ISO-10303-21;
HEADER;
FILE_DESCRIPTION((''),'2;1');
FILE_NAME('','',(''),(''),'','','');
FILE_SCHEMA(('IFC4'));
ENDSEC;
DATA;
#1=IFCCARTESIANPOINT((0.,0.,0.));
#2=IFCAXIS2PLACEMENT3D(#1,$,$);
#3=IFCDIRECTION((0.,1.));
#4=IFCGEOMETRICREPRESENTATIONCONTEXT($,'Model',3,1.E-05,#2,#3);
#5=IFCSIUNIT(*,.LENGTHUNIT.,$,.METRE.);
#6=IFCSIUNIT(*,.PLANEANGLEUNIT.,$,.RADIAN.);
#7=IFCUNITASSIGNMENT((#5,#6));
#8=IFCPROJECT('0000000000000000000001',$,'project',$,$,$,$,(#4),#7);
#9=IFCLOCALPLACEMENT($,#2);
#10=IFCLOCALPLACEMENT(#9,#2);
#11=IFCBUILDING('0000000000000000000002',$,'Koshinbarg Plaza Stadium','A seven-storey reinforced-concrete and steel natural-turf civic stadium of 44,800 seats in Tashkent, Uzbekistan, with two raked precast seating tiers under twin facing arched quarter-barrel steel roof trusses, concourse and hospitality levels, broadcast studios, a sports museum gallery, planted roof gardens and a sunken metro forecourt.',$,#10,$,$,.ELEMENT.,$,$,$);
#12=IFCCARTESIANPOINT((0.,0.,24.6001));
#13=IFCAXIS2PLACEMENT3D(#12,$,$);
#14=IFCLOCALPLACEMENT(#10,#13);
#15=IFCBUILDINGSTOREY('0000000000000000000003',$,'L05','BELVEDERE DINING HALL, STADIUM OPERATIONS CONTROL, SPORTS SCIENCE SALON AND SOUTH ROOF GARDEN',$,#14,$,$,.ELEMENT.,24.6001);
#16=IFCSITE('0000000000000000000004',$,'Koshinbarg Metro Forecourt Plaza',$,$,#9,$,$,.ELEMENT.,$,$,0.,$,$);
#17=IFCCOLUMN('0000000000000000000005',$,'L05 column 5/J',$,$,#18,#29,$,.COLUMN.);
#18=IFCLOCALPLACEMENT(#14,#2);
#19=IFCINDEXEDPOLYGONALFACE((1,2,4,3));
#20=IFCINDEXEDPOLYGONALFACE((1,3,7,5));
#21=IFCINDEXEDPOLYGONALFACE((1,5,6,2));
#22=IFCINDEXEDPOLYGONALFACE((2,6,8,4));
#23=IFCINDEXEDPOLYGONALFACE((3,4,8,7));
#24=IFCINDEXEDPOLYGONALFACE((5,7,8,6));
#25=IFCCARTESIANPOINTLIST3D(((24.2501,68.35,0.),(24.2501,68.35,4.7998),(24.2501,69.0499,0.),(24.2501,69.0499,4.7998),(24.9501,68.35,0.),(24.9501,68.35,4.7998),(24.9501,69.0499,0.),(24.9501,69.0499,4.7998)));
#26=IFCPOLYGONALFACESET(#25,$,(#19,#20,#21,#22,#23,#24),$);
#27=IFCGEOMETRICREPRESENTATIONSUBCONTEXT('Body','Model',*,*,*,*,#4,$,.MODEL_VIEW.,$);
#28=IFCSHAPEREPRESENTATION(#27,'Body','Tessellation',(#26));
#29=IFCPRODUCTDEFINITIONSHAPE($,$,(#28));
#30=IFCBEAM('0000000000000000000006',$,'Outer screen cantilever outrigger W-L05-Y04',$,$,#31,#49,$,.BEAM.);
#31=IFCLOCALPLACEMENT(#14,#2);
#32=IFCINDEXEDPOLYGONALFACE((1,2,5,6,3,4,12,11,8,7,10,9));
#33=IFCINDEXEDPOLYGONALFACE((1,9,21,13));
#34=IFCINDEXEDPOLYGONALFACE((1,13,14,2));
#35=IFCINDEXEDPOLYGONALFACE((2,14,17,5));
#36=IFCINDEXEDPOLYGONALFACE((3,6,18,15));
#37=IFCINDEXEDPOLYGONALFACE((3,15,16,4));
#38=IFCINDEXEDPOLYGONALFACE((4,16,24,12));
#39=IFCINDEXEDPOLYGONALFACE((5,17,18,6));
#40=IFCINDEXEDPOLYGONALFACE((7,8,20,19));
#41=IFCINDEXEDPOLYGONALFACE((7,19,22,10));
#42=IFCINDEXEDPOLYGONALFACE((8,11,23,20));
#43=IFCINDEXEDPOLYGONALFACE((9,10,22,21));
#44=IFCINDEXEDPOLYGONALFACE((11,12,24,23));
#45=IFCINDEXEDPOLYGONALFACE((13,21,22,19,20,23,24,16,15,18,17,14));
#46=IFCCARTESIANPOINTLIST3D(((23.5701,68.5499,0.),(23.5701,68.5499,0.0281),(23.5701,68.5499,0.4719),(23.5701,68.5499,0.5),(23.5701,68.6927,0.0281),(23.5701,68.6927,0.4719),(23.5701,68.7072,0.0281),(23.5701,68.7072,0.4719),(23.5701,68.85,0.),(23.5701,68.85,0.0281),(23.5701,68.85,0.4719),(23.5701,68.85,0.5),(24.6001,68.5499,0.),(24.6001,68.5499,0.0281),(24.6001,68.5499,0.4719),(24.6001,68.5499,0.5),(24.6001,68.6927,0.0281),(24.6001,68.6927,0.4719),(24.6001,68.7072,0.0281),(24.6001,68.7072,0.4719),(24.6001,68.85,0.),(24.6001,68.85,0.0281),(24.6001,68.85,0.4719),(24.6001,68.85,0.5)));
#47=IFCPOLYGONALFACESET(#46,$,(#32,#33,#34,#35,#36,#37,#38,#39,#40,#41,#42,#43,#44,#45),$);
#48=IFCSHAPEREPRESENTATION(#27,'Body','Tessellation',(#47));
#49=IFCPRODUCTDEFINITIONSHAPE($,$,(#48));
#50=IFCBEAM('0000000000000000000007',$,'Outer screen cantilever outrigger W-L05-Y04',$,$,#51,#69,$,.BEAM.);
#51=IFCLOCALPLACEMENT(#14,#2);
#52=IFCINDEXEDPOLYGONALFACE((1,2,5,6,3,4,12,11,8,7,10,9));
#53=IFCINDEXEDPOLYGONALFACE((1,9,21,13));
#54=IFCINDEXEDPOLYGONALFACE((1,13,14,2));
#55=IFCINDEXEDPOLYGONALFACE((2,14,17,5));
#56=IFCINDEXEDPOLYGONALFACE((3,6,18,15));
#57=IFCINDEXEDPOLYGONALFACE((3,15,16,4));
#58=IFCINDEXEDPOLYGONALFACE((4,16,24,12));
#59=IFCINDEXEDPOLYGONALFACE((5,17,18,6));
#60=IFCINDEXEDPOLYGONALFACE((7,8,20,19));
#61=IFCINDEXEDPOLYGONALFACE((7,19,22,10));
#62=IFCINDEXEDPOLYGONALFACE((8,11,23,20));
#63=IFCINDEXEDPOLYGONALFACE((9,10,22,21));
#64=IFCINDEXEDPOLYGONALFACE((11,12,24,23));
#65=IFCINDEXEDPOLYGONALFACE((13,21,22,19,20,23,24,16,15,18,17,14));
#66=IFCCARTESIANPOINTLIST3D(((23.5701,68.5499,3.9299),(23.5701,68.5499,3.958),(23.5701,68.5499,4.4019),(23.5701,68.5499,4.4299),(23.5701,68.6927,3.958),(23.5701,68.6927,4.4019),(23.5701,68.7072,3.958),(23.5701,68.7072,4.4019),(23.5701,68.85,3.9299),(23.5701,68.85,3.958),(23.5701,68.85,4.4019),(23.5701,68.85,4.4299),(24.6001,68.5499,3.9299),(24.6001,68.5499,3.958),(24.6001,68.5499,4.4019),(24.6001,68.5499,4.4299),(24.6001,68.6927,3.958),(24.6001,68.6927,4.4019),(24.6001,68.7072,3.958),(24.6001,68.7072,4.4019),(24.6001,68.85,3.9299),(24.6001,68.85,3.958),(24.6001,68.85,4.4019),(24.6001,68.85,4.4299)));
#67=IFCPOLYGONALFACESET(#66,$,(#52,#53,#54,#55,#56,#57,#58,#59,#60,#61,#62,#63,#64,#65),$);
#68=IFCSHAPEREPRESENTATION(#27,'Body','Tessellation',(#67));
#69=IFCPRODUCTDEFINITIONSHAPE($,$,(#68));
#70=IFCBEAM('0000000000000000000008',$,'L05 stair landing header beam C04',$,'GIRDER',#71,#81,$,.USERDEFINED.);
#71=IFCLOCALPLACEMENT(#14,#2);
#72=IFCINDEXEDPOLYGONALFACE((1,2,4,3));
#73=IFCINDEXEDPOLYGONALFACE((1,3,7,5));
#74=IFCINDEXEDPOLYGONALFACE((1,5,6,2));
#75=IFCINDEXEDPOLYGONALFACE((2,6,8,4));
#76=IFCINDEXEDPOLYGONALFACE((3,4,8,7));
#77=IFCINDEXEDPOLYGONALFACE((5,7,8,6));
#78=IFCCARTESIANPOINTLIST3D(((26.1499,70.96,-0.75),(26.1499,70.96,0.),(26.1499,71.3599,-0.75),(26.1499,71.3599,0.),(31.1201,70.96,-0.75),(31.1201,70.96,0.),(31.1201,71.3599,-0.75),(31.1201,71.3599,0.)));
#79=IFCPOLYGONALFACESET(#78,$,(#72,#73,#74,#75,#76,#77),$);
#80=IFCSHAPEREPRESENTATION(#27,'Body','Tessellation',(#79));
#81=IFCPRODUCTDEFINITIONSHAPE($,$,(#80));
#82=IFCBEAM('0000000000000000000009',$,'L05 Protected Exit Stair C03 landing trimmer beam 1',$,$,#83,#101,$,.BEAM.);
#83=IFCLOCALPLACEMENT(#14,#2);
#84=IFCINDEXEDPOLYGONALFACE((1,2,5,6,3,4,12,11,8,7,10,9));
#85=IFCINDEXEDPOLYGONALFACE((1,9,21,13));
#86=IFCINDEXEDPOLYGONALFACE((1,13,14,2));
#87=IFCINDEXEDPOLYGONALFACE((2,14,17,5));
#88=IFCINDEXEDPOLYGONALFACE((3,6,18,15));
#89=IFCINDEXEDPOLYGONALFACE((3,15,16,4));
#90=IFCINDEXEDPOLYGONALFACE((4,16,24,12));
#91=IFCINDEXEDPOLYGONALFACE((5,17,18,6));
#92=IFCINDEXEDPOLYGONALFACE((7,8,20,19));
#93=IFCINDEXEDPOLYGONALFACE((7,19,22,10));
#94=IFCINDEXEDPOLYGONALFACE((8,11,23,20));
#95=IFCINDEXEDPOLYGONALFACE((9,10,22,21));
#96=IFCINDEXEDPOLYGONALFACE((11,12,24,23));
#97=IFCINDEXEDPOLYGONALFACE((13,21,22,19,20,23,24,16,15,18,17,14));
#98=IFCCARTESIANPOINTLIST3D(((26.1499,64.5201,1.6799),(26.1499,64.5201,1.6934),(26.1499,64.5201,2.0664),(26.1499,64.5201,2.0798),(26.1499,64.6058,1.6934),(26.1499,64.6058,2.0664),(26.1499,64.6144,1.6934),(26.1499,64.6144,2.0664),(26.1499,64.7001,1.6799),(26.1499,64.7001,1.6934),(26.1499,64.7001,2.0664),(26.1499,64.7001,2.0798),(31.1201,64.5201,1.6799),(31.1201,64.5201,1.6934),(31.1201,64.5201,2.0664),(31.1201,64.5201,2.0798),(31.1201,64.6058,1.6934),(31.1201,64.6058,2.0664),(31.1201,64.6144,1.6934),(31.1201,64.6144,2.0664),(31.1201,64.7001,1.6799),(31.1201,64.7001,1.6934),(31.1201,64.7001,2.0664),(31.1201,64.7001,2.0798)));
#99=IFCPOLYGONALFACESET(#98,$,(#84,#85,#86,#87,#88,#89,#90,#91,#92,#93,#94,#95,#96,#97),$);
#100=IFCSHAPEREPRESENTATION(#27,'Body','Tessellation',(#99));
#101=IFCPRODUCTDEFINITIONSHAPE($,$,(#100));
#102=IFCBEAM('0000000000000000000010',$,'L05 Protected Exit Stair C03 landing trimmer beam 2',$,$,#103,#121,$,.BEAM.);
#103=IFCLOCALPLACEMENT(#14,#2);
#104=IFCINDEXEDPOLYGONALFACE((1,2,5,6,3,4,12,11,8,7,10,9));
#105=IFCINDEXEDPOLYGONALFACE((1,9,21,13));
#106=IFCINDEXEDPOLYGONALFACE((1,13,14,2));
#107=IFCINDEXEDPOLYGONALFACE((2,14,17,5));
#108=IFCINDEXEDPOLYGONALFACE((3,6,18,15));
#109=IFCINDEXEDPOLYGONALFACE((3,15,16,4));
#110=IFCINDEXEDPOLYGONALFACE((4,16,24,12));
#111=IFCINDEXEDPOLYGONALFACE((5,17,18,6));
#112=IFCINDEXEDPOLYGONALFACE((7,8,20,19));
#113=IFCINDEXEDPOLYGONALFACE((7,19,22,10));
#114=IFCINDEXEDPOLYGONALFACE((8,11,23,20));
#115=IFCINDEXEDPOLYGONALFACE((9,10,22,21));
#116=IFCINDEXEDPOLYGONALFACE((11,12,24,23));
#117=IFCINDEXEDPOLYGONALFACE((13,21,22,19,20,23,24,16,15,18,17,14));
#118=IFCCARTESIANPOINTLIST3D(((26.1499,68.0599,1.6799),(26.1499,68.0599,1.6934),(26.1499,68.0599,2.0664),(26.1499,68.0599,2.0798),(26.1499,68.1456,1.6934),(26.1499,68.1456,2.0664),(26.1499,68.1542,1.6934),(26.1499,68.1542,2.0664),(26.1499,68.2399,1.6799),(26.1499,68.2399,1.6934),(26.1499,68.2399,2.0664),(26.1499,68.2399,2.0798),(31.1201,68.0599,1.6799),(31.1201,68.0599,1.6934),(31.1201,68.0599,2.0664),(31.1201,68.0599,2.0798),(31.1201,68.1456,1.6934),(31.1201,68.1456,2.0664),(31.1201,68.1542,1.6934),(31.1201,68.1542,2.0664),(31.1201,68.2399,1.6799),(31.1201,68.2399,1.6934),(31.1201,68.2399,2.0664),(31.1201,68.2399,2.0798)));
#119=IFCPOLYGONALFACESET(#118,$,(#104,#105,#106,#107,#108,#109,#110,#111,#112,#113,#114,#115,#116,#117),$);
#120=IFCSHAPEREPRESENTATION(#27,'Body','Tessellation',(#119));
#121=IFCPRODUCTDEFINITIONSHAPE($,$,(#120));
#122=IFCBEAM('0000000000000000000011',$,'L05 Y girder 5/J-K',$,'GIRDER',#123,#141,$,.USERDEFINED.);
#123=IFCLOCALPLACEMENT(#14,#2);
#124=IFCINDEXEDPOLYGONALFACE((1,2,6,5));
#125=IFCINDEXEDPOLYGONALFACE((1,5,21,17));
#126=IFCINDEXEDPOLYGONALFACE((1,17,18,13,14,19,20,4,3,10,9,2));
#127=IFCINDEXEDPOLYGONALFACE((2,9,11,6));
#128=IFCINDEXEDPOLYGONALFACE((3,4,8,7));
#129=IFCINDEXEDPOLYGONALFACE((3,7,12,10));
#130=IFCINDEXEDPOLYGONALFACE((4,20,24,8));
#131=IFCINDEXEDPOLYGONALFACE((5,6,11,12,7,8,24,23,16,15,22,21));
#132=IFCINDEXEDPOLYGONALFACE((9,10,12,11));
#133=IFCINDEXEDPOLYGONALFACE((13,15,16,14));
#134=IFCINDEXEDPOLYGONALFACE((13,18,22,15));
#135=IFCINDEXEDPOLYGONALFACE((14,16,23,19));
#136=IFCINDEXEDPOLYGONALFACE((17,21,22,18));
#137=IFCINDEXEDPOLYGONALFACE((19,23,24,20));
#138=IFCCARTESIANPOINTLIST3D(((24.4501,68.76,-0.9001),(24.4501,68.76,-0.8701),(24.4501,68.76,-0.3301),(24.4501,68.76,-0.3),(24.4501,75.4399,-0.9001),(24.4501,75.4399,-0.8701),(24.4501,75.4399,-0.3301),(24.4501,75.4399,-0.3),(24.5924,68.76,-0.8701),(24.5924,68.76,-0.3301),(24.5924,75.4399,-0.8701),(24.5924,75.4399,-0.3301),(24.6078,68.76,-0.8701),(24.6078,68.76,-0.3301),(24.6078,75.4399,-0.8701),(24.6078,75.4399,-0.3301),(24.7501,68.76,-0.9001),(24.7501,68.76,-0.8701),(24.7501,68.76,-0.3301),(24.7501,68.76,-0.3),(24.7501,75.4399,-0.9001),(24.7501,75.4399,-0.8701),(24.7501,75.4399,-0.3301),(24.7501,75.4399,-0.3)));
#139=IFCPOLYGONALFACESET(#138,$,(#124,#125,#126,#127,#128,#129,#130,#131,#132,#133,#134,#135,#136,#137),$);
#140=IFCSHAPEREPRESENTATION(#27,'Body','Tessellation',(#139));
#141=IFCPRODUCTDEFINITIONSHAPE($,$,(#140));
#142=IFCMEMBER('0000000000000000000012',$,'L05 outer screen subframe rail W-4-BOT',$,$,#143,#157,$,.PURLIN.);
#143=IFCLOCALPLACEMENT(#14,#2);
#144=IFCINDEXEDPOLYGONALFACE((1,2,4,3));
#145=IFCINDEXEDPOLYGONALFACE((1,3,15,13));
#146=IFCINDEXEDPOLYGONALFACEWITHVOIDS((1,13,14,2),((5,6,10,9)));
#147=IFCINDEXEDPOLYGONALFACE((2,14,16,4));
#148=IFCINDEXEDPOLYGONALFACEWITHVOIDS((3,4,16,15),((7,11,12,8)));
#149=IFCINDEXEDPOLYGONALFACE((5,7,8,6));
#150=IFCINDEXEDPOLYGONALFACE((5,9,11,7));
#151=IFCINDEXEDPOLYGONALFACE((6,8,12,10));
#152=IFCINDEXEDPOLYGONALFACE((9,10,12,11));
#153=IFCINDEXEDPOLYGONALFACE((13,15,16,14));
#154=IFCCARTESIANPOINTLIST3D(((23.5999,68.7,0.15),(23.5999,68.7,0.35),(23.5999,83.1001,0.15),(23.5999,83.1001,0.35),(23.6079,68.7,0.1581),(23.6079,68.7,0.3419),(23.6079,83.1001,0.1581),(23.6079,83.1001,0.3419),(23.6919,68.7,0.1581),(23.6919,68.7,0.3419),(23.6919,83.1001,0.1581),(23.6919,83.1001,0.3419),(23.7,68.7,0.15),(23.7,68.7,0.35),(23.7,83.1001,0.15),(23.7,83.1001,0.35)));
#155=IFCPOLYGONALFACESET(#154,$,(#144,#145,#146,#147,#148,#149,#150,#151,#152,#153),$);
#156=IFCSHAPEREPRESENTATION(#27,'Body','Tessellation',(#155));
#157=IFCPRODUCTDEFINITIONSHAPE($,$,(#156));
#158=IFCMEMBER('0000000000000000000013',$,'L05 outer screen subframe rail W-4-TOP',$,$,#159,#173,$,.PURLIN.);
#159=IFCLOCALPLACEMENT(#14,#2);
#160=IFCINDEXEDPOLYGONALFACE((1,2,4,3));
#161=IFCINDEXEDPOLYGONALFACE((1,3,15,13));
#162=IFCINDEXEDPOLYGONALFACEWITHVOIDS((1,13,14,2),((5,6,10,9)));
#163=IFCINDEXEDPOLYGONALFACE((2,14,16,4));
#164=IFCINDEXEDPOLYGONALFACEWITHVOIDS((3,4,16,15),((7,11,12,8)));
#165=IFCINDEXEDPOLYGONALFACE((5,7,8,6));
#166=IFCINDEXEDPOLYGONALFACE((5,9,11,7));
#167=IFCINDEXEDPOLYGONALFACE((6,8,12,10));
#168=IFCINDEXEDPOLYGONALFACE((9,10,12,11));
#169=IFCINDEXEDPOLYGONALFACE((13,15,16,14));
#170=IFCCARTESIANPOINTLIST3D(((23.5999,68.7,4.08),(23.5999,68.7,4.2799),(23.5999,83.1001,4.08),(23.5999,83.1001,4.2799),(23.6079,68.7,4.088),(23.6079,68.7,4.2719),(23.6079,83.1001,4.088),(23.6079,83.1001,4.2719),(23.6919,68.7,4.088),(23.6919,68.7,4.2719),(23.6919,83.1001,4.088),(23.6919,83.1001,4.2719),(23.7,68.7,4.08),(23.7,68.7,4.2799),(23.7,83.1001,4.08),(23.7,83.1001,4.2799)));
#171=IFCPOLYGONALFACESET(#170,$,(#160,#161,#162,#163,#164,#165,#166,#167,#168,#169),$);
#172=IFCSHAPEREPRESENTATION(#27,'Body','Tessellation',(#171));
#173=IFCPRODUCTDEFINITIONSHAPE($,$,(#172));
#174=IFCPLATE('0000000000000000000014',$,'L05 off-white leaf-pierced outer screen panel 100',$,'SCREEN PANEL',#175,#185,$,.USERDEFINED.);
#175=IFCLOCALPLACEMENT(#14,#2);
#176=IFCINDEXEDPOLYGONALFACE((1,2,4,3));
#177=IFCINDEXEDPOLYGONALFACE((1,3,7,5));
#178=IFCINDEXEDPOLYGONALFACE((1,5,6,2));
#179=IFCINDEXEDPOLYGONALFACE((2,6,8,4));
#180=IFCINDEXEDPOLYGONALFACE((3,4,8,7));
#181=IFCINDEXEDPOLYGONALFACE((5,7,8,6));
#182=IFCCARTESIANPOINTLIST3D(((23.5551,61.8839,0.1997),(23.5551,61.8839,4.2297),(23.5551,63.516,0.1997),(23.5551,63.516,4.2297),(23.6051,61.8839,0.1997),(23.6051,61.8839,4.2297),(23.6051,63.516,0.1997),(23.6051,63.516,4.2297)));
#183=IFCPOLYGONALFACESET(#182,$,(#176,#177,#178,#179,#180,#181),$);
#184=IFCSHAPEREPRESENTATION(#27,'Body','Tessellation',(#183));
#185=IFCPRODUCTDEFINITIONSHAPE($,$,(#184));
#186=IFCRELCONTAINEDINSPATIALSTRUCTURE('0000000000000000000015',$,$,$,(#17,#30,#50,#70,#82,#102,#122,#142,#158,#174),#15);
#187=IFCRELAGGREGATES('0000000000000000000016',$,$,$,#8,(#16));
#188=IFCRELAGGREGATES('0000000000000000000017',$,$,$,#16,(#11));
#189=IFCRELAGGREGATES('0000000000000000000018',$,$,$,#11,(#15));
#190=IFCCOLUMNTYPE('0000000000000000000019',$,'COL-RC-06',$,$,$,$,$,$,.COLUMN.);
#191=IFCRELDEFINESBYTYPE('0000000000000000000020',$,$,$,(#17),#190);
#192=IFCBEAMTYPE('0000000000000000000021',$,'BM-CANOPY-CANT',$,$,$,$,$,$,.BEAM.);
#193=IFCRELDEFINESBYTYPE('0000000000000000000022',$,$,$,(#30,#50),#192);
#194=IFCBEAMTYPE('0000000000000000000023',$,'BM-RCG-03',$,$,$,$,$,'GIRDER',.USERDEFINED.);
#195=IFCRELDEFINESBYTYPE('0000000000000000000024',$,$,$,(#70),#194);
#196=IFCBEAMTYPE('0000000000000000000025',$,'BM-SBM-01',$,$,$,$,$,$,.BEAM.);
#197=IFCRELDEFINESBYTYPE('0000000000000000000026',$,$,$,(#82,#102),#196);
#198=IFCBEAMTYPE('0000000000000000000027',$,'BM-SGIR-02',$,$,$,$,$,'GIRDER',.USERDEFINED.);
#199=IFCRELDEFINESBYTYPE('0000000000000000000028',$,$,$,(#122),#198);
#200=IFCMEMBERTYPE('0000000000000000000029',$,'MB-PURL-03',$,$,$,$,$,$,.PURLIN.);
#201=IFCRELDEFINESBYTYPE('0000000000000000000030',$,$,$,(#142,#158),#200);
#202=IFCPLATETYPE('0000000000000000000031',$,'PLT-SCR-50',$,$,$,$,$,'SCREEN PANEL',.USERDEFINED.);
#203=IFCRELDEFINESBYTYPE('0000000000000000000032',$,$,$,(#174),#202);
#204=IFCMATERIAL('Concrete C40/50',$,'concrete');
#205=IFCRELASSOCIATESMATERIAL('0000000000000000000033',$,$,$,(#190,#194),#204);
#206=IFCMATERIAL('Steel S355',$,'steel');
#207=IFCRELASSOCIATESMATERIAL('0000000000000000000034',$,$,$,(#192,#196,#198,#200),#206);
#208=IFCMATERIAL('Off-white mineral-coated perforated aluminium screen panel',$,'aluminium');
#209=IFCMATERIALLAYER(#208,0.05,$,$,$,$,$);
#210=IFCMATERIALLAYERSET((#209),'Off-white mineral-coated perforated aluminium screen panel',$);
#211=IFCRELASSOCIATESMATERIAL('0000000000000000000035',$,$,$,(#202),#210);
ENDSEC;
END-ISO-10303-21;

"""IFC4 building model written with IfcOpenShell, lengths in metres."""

from ifc_helpers import new_model, si_unit, direction, frame, origin, origin_2d, place, context, subcontext, project, spatial, rectangle, hollow_rectangle, i_section, extrude, material, layer, layer_set, material_profile, profile_set, type_object, element, save


model = new_model("IFC4")

# Units and contexts
model_context = context("Model", 3, precision=1e-05, world=origin(), true_north=direction((0.0, 1.0)))
body_context = subcontext(model_context, "Body", "Model", "MODEL_VIEW")
ifc_project = project(units=[si_unit("LENGTHUNIT", "METRE"), si_unit("PLANEANGLEUNIT", "RADIAN")], contexts=[model_context])

# Site, building, storey
site_placement = place(None, origin())
site = spatial("IfcSite", under=ifc_project, at=site_placement, Name="Koshinbarg Metro Forecourt Plaza", CompositionType="ELEMENT", RefElevation=0.0)
building_placement = place(site_placement, origin())
building = spatial("IfcBuilding", under=site, at=building_placement, Name="Koshinbarg Plaza Stadium", Description="A seven-storey reinforced-concrete and steel natural-turf civic stadium of 44,800 seats in Tashkent, Uzbekistan, with two raked precast seating tiers under twin facing arched quarter-barrel steel roof trusses, concourse and hospitality levels, broadcast studios, a sports museum gallery, planted roof gardens and a sunken metro forecourt.", CompositionType="ELEMENT")
storey_placement = place(building_placement, frame((0.0, 0.0, 24.6001)))
storey = spatial("IfcBuildingStorey", under=building, at=storey_placement, Name="L05", Description="BELVEDERE DINING HALL, STADIUM OPERATIONS CONTROL, SPORTS SCIENCE SALON AND SOUTH ROOF GARDEN", CompositionType="ELEMENT", Elevation=24.6001)

# Column
ifc_material_1 = material(Name="Concrete C40/50", Category="concrete")
ifc_material_profile_1 = material_profile(ifc_material_1, rectangle(XDim=0.7, YDim=0.7, at=origin_2d()), Name="RC 700x700")
ifc_profile_set_1 = profile_set([ifc_material_profile_1], Name="Concrete C40/50")
column_type = type_object("IfcColumnType", Name="COL-RC-06", PredefinedType="COLUMN", material=ifc_profile_set_1)
column_placement = place(storey_placement, frame((24.6001, 68.7, 0.0), z_axis=(0.0, 0.0, 1.0), x_axis=(1.0, 0.0, 0.0)))
element("IfcColumn", 1, at=column_placement, inside=storey, type_object=column_type, Name="L05 column 5/J", PredefinedType="COLUMN", context=body_context, shape_type="SweptSolid", body=[
    extrude(rectangle(XDim=0.7, YDim=0.7, at=origin_2d()), origin(), (0.0, 0.0, 1.0), 4.7998),
])

# Beams
ifc_material_2 = material(Name="Steel S355", Category="steel")
ifc_material_profile_2 = material_profile(ifc_material_2, i_section(OverallWidth=0.3, OverallDepth=0.5, WebThickness=0.0144, FlangeThickness=0.0281, at=origin_2d()), Name="HEB 500")
ifc_profile_set_2 = profile_set([ifc_material_profile_2], Name="Steel S355")
beam_type_1 = type_object("IfcBeamType", Name="BM-CANOPY-CANT", PredefinedType="BEAM", material=ifc_profile_set_2)
for number, where, z_axis, x_axis, name in (
    (2, (24.6001, 68.7, 0.25), (-1.0, 0.0, 0.0), (0.0, -1.0, 0.0), "Outer screen cantilever outrigger W-L05-Y04"),
    (3, (24.6001, 68.7, 4.1799), (-1.0, 0.0, 0.0), (0.0, -1.0, 0.0), "Outer screen cantilever outrigger W-L05-Y04"),
):
    element("IfcBeam", number, at=place(storey_placement, frame(where, z_axis=z_axis, x_axis=x_axis)), inside=storey, type_object=beam_type_1, Name=name, PredefinedType="BEAM", context=body_context, shape_type="SweptSolid", body=[
        extrude(i_section(OverallWidth=0.3, OverallDepth=0.5, WebThickness=0.0144, FlangeThickness=0.0281, at=origin_2d()), origin(), (0.0, 0.0, 1.0), 1.03),
    ])
ifc_material_profile_3 = material_profile(ifc_material_1, rectangle(XDim=0.3999, YDim=0.75, at=origin_2d()), Name="RC 400x750")
ifc_profile_set_3 = profile_set([ifc_material_profile_3], Name="Concrete C40/50")
beam_type_2 = type_object("IfcBeamType", Name="BM-RCG-03", ElementType="GIRDER", PredefinedType="USERDEFINED", material=ifc_profile_set_3)
beam_1_placement = place(storey_placement, frame((26.1499, 71.1599, -0.375), z_axis=(1.0, 0.0, 0.0), x_axis=(0.0, 1.0, 0.0)))
element("IfcBeam", 4, at=beam_1_placement, inside=storey, type_object=beam_type_2, Name="L05 stair landing header beam C04", ObjectType="GIRDER", PredefinedType="USERDEFINED", context=body_context, shape_type="SweptSolid", body=[
    extrude(rectangle(XDim=0.3999, YDim=0.75, at=origin_2d()), origin(), (0.0, 0.0, 1.0), 4.9702),
])
ifc_material_profile_4 = material_profile(ifc_material_2, i_section(OverallWidth=0.1799, OverallDepth=0.3999, WebThickness=0.0085, FlangeThickness=0.0134, at=origin_2d()), Name="IPE 400")
ifc_profile_set_4 = profile_set([ifc_material_profile_4], Name="Steel S355")
beam_type_3 = type_object("IfcBeamType", Name="BM-SBM-01", PredefinedType="BEAM", material=ifc_profile_set_4)
for number, where, z_axis, x_axis, name in (
    (5, (26.1499, 64.6101, 1.8799), (1.0, 0.0, 0.0), (0.0, 1.0, 0.0), "L05 Protected Exit Stair C03 landing trimmer beam 1"),
    (6, (26.1499, 68.1499, 1.8799), (1.0, 0.0, 0.0), (0.0, 1.0, 0.0), "L05 Protected Exit Stair C03 landing trimmer beam 2"),
):
    element("IfcBeam", number, at=place(storey_placement, frame(where, z_axis=z_axis, x_axis=x_axis)), inside=storey, type_object=beam_type_3, Name=name, PredefinedType="BEAM", context=body_context, shape_type="SweptSolid", body=[
        extrude(i_section(OverallWidth=0.1799, OverallDepth=0.3999, WebThickness=0.0085, FlangeThickness=0.0134, at=origin_2d()), origin(), (0.0, 0.0, 1.0), 4.9702),
    ])
ifc_material_profile_5 = material_profile(ifc_material_2, i_section(OverallWidth=0.3, OverallDepth=0.6001, WebThickness=0.0154, FlangeThickness=0.03, at=origin_2d()), Name="HEB 600")
ifc_profile_set_5 = profile_set([ifc_material_profile_5], Name="Steel S355")
beam_type_4 = type_object("IfcBeamType", Name="BM-SGIR-02", ElementType="GIRDER", PredefinedType="USERDEFINED", material=ifc_profile_set_5)
beam_2_placement = place(storey_placement, frame((24.6001, 68.76, -0.6001), z_axis=(0.0, 1.0, 0.0), x_axis=(-1.0, 0.0, 0.0)))
element("IfcBeam", 7, at=beam_2_placement, inside=storey, type_object=beam_type_4, Name="L05 Y girder 5/J-K", ObjectType="GIRDER", PredefinedType="USERDEFINED", context=body_context, shape_type="SweptSolid", body=[
    extrude(i_section(OverallWidth=0.3, OverallDepth=0.6001, WebThickness=0.0154, FlangeThickness=0.03, at=origin_2d()), origin(), (0.0, 0.0, 1.0), 6.6799),
])

# Members
ifc_material_profile_6 = material_profile(ifc_material_2, hollow_rectangle(XDim=0.1001, YDim=0.2, WallThickness=0.0081, at=origin_2d()), Name="RHS 200x100x8")
ifc_profile_set_6 = profile_set([ifc_material_profile_6], Name="Steel S355")
member_type = type_object("IfcMemberType", Name="MB-PURL-03", PredefinedType="PURLIN", material=ifc_profile_set_6)
for number, where, z_axis, x_axis, name in (
    (8, (23.6499, 68.7, 0.25), (0.0, 1.0, 0.0), (-1.0, 0.0, 0.0), "L05 outer screen subframe rail W-4-BOT"),
    (9, (23.6499, 68.7, 4.1799), (0.0, 1.0, 0.0), (-1.0, 0.0, 0.0), "L05 outer screen subframe rail W-4-TOP"),
):
    element("IfcMember", number, at=place(storey_placement, frame(where, z_axis=z_axis, x_axis=x_axis)), inside=storey, type_object=member_type, Name=name, PredefinedType="PURLIN", context=body_context, shape_type="SweptSolid", body=[
        extrude(hollow_rectangle(XDim=0.1001, YDim=0.2, WallThickness=0.0081, at=origin_2d()), origin(), (0.0, 0.0, 1.0), 14.4001),
    ])

# Plate
ifc_material_3 = material(Name="Off-white mineral-coated perforated aluminium screen panel", Category="aluminium")
ifc_layer_1 = layer(ifc_material_3, 0.05)
ifc_layer_set_1 = layer_set([ifc_layer_1], Name="Off-white mineral-coated perforated aluminium screen panel")
plate_type_1 = type_object("IfcPlateType", Name="PLT-SCR-50", ElementType="SCREEN PANEL", PredefinedType="USERDEFINED", material=ifc_layer_set_1)
for number, where, z_axis, x_axis, name in (
    (10, (23.5801, 62.7, 0.1997), (0.0, 0.0, 1.0), (1.0, 0.0, 0.0), "L05 off-white leaf-pierced outer screen panel 100"),
):
    element("IfcPlate", number, at=place(storey_placement, frame(where, z_axis=z_axis, x_axis=x_axis)), inside=storey, type_object=plate_type_1, Name=name, ObjectType="SCREEN PANEL", PredefinedType="USERDEFINED", context=body_context, shape_type="SweptSolid", body=[
        extrude(rectangle(XDim=0.05, YDim=1.6321, at=origin_2d()), origin(), (0.0, 0.0, 1.0), 4.03),
    ])

save(model, "model.ifc")
